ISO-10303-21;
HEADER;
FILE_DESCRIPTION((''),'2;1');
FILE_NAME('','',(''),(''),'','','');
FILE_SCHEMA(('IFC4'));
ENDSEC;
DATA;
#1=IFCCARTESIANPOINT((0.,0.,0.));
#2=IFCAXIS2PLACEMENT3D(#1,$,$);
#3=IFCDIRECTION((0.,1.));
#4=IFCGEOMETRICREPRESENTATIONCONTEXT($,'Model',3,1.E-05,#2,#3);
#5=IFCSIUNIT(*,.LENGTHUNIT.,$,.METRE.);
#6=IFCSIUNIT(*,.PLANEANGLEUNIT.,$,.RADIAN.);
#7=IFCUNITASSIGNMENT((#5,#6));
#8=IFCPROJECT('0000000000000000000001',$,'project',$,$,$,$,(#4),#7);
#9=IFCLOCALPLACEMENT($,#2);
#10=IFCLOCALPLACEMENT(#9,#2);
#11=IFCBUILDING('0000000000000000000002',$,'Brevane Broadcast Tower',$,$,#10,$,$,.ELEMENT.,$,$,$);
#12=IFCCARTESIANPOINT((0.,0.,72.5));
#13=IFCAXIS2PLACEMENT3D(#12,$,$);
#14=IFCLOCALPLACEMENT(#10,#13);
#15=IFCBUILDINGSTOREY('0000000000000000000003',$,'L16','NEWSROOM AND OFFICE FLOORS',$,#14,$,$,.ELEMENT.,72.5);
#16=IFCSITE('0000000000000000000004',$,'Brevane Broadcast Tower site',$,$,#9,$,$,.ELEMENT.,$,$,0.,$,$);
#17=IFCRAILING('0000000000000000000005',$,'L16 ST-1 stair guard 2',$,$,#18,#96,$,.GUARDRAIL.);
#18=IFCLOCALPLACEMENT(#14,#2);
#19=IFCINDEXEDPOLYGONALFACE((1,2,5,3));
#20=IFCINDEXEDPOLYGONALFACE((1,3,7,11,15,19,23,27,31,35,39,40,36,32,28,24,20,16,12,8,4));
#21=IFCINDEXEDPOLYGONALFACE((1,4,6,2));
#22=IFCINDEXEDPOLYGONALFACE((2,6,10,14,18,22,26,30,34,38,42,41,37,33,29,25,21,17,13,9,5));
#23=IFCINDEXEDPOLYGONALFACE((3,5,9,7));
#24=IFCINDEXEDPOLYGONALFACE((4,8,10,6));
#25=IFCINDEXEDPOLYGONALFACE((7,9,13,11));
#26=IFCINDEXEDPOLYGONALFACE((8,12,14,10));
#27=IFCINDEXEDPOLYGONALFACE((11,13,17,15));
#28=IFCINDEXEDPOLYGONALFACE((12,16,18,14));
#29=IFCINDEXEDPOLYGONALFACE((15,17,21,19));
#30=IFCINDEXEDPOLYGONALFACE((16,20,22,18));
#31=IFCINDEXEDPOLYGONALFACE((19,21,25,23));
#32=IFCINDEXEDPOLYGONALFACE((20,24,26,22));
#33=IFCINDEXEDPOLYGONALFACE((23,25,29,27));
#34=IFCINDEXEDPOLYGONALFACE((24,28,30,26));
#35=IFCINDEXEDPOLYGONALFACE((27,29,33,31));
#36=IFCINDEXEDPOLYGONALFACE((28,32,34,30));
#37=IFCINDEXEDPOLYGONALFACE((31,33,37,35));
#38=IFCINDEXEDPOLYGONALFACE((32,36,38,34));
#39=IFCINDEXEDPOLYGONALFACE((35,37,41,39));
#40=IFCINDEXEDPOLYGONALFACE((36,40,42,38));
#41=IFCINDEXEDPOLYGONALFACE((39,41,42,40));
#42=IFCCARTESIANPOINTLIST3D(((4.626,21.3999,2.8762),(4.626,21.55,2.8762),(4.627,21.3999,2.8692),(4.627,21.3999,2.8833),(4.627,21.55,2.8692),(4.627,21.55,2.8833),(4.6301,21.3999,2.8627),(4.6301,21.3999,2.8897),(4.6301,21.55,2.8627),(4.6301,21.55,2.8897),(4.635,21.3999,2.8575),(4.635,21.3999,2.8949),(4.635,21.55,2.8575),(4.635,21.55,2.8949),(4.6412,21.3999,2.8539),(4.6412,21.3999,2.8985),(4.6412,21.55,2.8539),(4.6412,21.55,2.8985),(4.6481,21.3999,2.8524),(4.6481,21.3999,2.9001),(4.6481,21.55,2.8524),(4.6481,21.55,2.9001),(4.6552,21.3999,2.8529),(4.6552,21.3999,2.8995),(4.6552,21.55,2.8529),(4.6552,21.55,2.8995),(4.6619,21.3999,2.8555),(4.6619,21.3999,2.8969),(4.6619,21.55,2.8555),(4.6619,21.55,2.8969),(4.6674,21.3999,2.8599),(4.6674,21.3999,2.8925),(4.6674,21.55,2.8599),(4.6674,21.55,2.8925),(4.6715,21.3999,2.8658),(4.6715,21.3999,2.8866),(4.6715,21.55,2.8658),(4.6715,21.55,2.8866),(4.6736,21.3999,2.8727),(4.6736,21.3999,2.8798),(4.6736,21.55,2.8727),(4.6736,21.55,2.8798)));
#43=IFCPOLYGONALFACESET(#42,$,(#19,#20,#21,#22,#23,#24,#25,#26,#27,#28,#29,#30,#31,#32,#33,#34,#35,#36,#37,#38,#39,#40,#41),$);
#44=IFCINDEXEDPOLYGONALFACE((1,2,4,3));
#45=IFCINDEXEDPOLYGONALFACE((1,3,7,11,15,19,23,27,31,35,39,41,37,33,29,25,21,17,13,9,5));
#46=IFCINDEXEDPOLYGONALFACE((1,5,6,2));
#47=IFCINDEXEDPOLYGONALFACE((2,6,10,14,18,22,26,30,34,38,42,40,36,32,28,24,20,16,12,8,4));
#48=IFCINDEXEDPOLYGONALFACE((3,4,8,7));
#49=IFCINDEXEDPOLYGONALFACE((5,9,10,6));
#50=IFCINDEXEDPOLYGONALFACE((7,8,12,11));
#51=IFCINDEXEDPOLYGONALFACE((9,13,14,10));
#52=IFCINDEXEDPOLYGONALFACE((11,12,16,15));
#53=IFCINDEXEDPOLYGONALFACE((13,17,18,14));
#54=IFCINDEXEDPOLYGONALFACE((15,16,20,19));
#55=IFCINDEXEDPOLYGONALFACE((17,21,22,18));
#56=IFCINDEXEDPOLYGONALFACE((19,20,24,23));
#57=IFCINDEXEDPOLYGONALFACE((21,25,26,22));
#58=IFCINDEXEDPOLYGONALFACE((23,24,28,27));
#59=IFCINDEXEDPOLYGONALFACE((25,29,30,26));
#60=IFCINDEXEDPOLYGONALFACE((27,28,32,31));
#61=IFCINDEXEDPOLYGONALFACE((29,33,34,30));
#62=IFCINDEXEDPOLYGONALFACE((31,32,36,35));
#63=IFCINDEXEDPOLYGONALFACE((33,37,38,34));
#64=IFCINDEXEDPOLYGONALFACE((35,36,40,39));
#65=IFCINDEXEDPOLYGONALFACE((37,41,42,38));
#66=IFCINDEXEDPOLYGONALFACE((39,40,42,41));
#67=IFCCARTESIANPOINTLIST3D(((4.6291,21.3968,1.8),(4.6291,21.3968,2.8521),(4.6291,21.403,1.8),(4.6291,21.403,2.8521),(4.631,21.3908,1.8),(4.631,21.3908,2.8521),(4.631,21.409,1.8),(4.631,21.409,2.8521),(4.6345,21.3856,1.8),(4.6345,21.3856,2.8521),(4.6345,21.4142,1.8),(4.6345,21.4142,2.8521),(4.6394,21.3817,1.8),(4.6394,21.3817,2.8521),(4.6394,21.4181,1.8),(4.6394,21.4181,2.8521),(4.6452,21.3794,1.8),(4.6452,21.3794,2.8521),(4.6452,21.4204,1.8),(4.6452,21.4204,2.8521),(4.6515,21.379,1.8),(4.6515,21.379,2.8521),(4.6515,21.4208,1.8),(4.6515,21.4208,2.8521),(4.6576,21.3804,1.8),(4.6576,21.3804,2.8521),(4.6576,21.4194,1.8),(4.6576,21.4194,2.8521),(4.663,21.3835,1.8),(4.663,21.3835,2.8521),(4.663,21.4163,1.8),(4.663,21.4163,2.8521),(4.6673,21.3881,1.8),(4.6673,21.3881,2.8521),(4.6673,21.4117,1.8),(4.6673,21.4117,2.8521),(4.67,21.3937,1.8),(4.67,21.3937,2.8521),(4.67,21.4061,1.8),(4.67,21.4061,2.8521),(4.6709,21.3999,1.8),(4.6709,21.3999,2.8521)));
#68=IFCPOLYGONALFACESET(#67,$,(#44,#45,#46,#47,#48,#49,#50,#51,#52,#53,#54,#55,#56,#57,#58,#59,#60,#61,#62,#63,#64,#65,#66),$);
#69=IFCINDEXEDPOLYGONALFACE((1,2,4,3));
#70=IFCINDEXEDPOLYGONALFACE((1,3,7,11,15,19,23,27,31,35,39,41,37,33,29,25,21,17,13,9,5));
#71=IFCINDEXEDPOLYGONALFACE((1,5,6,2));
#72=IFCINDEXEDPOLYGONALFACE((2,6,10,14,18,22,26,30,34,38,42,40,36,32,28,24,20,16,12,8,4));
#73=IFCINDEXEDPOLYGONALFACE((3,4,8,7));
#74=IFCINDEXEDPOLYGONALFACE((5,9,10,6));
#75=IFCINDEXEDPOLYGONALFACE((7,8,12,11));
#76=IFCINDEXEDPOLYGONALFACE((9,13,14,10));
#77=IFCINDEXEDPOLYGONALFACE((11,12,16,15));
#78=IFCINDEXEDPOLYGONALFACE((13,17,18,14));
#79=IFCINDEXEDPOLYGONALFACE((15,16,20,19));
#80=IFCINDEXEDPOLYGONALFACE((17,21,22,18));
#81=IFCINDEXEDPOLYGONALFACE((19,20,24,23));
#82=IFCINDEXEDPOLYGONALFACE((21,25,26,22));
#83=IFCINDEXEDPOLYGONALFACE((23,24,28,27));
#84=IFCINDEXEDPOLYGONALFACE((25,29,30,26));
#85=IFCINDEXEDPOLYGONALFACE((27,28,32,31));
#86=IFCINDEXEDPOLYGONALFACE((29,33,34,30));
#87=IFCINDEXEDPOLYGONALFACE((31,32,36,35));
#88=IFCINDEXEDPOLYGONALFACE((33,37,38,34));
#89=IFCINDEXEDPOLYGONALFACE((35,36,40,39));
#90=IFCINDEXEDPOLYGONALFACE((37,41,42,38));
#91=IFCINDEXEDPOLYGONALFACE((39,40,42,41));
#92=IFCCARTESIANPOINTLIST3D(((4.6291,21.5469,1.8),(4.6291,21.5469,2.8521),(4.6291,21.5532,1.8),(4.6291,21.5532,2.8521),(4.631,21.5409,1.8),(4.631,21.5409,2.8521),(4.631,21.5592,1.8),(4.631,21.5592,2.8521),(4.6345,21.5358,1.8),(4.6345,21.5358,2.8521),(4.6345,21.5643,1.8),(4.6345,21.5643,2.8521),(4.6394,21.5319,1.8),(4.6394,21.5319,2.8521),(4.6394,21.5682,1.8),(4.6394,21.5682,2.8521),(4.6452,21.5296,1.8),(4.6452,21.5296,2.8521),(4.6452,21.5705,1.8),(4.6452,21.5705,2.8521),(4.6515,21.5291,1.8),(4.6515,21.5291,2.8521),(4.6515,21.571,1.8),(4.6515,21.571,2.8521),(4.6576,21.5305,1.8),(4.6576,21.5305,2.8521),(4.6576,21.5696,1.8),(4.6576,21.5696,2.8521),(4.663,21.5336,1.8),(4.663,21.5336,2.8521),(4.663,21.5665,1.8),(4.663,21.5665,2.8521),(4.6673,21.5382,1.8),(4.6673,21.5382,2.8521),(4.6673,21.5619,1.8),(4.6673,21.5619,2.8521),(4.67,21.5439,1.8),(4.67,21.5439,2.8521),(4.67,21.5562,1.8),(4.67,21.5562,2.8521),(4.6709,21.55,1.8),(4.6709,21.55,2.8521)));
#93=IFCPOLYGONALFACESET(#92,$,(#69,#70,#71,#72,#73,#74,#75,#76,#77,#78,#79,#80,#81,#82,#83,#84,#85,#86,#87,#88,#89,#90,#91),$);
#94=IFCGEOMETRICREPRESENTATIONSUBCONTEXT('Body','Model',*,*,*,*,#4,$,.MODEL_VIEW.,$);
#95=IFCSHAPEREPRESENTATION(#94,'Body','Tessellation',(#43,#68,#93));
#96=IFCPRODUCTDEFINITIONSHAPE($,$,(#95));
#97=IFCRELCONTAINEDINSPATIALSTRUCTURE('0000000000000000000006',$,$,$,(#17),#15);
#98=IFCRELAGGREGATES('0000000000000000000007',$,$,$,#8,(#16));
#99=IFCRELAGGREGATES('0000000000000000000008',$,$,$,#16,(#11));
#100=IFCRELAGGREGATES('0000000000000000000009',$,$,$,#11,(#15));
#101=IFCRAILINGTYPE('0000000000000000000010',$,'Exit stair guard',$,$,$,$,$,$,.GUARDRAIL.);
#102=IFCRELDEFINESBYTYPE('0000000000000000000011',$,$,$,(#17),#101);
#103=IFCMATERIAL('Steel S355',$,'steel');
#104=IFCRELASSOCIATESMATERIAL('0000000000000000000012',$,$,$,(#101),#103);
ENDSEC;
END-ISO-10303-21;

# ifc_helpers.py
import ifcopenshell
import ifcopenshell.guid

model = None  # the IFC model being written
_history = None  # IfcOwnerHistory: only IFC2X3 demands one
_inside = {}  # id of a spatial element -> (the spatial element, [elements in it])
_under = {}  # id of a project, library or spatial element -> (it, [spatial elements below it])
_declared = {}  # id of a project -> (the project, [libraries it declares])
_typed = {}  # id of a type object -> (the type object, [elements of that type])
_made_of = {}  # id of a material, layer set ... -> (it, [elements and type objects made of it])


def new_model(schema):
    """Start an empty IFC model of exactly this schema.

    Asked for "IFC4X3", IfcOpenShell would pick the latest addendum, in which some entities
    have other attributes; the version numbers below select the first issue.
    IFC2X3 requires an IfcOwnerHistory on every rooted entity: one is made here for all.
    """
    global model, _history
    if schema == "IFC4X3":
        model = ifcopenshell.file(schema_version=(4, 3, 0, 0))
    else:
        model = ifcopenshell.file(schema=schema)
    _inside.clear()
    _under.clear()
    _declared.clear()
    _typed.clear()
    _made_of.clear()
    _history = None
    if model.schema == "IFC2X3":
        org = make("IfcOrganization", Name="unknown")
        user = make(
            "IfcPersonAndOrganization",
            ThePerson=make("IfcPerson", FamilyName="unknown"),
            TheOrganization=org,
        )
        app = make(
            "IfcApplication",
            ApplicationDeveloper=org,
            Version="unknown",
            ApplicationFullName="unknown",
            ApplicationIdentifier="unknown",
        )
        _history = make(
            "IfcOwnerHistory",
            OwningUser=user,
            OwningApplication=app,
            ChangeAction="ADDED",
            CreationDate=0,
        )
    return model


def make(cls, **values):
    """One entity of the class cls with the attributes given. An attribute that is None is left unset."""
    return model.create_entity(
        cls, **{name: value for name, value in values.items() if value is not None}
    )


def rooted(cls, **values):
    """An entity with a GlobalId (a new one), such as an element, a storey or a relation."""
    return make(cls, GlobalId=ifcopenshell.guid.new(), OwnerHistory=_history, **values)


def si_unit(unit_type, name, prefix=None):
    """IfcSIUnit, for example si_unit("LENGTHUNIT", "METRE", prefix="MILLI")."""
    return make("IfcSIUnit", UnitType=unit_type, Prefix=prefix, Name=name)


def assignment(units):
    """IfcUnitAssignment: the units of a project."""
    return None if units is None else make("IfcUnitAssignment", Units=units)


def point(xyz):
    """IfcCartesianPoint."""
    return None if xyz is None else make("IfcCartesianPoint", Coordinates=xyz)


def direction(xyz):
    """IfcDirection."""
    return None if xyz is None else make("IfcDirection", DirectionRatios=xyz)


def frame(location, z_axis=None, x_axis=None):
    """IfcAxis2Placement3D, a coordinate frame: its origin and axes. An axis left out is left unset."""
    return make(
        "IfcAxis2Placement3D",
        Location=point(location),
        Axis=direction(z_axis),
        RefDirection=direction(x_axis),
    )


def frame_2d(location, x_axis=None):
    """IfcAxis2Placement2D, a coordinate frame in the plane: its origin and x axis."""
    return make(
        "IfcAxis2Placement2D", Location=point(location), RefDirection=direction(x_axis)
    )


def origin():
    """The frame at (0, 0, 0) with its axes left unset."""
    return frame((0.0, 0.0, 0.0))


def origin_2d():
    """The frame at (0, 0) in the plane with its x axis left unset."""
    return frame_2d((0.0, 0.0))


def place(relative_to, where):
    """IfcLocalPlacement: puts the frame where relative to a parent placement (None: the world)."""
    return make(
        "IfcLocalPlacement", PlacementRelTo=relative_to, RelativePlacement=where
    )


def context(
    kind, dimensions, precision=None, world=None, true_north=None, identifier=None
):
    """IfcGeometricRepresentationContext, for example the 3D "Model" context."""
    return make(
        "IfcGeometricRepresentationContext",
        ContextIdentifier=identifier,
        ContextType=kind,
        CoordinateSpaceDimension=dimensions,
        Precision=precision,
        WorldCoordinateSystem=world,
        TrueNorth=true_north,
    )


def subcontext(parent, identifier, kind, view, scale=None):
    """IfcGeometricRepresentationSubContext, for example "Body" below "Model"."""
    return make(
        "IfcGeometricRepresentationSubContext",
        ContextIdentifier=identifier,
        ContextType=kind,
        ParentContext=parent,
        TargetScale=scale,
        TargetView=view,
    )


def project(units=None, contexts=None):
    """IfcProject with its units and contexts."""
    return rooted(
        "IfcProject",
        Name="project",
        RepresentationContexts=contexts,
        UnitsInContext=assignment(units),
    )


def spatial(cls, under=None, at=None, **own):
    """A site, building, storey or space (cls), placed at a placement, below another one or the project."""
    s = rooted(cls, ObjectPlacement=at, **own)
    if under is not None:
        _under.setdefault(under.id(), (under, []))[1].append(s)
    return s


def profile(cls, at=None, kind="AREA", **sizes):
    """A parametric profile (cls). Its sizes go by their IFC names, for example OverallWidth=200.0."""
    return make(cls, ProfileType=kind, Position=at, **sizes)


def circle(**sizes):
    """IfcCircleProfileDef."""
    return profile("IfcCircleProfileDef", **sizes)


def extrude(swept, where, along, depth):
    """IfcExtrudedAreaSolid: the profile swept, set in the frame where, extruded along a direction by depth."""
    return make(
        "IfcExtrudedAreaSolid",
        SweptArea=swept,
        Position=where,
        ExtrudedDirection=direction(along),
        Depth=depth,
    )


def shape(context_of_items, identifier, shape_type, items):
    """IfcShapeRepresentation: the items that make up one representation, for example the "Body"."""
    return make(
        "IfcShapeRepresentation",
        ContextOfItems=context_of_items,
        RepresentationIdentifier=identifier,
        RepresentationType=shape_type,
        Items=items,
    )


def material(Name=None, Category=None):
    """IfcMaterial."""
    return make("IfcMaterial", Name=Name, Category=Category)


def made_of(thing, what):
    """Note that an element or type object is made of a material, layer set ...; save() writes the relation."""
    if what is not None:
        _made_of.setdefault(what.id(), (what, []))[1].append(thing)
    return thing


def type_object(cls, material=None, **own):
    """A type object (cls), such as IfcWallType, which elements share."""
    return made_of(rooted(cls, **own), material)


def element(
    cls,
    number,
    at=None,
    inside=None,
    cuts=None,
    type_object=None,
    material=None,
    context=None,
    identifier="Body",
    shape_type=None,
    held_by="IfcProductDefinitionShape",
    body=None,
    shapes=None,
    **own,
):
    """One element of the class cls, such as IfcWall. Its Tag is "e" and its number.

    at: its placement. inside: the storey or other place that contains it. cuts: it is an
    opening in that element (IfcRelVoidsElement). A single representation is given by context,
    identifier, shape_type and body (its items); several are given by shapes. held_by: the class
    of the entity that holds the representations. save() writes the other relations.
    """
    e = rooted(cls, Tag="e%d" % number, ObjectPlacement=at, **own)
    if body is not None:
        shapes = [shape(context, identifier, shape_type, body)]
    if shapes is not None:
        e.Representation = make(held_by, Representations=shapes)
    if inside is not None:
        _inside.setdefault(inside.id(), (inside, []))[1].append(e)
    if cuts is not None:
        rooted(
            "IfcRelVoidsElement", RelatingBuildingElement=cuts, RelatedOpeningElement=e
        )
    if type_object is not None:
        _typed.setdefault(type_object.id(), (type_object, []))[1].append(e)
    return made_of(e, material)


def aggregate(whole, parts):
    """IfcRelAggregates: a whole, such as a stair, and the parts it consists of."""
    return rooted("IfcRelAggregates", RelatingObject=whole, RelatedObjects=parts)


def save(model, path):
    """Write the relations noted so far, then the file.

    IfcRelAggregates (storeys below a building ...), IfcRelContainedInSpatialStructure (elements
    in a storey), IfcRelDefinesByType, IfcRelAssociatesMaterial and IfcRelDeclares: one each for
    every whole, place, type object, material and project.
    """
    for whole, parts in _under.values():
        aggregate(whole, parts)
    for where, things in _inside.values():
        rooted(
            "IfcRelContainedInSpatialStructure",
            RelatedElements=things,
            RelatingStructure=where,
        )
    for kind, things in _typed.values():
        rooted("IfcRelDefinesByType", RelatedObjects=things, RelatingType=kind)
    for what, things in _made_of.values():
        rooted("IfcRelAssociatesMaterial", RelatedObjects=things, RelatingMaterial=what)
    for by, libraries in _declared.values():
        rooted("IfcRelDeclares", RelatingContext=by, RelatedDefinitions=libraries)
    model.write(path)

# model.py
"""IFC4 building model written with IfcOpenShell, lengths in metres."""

from ifc_helpers import new_model, si_unit, direction, frame, origin, origin_2d, place, context, subcontext, project, spatial, circle, extrude, material, type_object, element, save


model = new_model("IFC4")

# Units and contexts
model_context = context("Model", 3, precision=1e-05, world=origin(), true_north=direction((0.0, 1.0)))
body_context = subcontext(model_context, "Body", "Model", "MODEL_VIEW")
ifc_project = project(units=[si_unit("LENGTHUNIT", "METRE"), si_unit("PLANEANGLEUNIT", "RADIAN")], contexts=[model_context])

# Site, building, storey
site_placement = place(None, origin())
site = spatial("IfcSite", under=ifc_project, at=site_placement, Name="Brevane Broadcast Tower site", CompositionType="ELEMENT", RefElevation=0.0)
building_placement = place(site_placement, origin())
building = spatial("IfcBuilding", under=site, at=building_placement, Name="Brevane Broadcast Tower", CompositionType="ELEMENT")
storey_placement = place(building_placement, frame((0.0, 0.0, 72.5)))
storey = spatial("IfcBuildingStorey", under=building, at=storey_placement, Name="L16", Description="NEWSROOM AND OFFICE FLOORS", CompositionType="ELEMENT", Elevation=72.5)

# Railing
ifc_material_1 = material(Name="Steel S355", Category="steel")
railing_type_1 = type_object("IfcRailingType", Name="Exit stair guard", PredefinedType="GUARDRAIL", material=ifc_material_1)
railing_1_placement = place(storey_placement, frame((4.6499, 21.3999, 1.8)))
element("IfcRailing", 1, at=railing_1_placement, inside=storey, type_object=railing_type_1, Name="L16 ST-1 stair guard 2", PredefinedType="GUARDRAIL", context=body_context, shape_type="SweptSolid", body=[
    extrude(circle(Radius=0.0239, at=origin_2d()), frame((0.0, 0.0, 1.0762), z_axis=(0.0, 1.0, 0.0), x_axis=(-1.0, 0.0, 0.0)), (0.0, 0.0, 1.0), 0.1501),
    extrude(circle(Radius=0.021, at=origin_2d()), origin(), (0.0, 0.0, 1.0), 1.052),
    extrude(circle(Radius=0.021, at=origin_2d()), frame((0.0, 0.1501, 0.0)), (0.0, 0.0, 1.0), 1.052),
])

save(model, "model.ifc")
